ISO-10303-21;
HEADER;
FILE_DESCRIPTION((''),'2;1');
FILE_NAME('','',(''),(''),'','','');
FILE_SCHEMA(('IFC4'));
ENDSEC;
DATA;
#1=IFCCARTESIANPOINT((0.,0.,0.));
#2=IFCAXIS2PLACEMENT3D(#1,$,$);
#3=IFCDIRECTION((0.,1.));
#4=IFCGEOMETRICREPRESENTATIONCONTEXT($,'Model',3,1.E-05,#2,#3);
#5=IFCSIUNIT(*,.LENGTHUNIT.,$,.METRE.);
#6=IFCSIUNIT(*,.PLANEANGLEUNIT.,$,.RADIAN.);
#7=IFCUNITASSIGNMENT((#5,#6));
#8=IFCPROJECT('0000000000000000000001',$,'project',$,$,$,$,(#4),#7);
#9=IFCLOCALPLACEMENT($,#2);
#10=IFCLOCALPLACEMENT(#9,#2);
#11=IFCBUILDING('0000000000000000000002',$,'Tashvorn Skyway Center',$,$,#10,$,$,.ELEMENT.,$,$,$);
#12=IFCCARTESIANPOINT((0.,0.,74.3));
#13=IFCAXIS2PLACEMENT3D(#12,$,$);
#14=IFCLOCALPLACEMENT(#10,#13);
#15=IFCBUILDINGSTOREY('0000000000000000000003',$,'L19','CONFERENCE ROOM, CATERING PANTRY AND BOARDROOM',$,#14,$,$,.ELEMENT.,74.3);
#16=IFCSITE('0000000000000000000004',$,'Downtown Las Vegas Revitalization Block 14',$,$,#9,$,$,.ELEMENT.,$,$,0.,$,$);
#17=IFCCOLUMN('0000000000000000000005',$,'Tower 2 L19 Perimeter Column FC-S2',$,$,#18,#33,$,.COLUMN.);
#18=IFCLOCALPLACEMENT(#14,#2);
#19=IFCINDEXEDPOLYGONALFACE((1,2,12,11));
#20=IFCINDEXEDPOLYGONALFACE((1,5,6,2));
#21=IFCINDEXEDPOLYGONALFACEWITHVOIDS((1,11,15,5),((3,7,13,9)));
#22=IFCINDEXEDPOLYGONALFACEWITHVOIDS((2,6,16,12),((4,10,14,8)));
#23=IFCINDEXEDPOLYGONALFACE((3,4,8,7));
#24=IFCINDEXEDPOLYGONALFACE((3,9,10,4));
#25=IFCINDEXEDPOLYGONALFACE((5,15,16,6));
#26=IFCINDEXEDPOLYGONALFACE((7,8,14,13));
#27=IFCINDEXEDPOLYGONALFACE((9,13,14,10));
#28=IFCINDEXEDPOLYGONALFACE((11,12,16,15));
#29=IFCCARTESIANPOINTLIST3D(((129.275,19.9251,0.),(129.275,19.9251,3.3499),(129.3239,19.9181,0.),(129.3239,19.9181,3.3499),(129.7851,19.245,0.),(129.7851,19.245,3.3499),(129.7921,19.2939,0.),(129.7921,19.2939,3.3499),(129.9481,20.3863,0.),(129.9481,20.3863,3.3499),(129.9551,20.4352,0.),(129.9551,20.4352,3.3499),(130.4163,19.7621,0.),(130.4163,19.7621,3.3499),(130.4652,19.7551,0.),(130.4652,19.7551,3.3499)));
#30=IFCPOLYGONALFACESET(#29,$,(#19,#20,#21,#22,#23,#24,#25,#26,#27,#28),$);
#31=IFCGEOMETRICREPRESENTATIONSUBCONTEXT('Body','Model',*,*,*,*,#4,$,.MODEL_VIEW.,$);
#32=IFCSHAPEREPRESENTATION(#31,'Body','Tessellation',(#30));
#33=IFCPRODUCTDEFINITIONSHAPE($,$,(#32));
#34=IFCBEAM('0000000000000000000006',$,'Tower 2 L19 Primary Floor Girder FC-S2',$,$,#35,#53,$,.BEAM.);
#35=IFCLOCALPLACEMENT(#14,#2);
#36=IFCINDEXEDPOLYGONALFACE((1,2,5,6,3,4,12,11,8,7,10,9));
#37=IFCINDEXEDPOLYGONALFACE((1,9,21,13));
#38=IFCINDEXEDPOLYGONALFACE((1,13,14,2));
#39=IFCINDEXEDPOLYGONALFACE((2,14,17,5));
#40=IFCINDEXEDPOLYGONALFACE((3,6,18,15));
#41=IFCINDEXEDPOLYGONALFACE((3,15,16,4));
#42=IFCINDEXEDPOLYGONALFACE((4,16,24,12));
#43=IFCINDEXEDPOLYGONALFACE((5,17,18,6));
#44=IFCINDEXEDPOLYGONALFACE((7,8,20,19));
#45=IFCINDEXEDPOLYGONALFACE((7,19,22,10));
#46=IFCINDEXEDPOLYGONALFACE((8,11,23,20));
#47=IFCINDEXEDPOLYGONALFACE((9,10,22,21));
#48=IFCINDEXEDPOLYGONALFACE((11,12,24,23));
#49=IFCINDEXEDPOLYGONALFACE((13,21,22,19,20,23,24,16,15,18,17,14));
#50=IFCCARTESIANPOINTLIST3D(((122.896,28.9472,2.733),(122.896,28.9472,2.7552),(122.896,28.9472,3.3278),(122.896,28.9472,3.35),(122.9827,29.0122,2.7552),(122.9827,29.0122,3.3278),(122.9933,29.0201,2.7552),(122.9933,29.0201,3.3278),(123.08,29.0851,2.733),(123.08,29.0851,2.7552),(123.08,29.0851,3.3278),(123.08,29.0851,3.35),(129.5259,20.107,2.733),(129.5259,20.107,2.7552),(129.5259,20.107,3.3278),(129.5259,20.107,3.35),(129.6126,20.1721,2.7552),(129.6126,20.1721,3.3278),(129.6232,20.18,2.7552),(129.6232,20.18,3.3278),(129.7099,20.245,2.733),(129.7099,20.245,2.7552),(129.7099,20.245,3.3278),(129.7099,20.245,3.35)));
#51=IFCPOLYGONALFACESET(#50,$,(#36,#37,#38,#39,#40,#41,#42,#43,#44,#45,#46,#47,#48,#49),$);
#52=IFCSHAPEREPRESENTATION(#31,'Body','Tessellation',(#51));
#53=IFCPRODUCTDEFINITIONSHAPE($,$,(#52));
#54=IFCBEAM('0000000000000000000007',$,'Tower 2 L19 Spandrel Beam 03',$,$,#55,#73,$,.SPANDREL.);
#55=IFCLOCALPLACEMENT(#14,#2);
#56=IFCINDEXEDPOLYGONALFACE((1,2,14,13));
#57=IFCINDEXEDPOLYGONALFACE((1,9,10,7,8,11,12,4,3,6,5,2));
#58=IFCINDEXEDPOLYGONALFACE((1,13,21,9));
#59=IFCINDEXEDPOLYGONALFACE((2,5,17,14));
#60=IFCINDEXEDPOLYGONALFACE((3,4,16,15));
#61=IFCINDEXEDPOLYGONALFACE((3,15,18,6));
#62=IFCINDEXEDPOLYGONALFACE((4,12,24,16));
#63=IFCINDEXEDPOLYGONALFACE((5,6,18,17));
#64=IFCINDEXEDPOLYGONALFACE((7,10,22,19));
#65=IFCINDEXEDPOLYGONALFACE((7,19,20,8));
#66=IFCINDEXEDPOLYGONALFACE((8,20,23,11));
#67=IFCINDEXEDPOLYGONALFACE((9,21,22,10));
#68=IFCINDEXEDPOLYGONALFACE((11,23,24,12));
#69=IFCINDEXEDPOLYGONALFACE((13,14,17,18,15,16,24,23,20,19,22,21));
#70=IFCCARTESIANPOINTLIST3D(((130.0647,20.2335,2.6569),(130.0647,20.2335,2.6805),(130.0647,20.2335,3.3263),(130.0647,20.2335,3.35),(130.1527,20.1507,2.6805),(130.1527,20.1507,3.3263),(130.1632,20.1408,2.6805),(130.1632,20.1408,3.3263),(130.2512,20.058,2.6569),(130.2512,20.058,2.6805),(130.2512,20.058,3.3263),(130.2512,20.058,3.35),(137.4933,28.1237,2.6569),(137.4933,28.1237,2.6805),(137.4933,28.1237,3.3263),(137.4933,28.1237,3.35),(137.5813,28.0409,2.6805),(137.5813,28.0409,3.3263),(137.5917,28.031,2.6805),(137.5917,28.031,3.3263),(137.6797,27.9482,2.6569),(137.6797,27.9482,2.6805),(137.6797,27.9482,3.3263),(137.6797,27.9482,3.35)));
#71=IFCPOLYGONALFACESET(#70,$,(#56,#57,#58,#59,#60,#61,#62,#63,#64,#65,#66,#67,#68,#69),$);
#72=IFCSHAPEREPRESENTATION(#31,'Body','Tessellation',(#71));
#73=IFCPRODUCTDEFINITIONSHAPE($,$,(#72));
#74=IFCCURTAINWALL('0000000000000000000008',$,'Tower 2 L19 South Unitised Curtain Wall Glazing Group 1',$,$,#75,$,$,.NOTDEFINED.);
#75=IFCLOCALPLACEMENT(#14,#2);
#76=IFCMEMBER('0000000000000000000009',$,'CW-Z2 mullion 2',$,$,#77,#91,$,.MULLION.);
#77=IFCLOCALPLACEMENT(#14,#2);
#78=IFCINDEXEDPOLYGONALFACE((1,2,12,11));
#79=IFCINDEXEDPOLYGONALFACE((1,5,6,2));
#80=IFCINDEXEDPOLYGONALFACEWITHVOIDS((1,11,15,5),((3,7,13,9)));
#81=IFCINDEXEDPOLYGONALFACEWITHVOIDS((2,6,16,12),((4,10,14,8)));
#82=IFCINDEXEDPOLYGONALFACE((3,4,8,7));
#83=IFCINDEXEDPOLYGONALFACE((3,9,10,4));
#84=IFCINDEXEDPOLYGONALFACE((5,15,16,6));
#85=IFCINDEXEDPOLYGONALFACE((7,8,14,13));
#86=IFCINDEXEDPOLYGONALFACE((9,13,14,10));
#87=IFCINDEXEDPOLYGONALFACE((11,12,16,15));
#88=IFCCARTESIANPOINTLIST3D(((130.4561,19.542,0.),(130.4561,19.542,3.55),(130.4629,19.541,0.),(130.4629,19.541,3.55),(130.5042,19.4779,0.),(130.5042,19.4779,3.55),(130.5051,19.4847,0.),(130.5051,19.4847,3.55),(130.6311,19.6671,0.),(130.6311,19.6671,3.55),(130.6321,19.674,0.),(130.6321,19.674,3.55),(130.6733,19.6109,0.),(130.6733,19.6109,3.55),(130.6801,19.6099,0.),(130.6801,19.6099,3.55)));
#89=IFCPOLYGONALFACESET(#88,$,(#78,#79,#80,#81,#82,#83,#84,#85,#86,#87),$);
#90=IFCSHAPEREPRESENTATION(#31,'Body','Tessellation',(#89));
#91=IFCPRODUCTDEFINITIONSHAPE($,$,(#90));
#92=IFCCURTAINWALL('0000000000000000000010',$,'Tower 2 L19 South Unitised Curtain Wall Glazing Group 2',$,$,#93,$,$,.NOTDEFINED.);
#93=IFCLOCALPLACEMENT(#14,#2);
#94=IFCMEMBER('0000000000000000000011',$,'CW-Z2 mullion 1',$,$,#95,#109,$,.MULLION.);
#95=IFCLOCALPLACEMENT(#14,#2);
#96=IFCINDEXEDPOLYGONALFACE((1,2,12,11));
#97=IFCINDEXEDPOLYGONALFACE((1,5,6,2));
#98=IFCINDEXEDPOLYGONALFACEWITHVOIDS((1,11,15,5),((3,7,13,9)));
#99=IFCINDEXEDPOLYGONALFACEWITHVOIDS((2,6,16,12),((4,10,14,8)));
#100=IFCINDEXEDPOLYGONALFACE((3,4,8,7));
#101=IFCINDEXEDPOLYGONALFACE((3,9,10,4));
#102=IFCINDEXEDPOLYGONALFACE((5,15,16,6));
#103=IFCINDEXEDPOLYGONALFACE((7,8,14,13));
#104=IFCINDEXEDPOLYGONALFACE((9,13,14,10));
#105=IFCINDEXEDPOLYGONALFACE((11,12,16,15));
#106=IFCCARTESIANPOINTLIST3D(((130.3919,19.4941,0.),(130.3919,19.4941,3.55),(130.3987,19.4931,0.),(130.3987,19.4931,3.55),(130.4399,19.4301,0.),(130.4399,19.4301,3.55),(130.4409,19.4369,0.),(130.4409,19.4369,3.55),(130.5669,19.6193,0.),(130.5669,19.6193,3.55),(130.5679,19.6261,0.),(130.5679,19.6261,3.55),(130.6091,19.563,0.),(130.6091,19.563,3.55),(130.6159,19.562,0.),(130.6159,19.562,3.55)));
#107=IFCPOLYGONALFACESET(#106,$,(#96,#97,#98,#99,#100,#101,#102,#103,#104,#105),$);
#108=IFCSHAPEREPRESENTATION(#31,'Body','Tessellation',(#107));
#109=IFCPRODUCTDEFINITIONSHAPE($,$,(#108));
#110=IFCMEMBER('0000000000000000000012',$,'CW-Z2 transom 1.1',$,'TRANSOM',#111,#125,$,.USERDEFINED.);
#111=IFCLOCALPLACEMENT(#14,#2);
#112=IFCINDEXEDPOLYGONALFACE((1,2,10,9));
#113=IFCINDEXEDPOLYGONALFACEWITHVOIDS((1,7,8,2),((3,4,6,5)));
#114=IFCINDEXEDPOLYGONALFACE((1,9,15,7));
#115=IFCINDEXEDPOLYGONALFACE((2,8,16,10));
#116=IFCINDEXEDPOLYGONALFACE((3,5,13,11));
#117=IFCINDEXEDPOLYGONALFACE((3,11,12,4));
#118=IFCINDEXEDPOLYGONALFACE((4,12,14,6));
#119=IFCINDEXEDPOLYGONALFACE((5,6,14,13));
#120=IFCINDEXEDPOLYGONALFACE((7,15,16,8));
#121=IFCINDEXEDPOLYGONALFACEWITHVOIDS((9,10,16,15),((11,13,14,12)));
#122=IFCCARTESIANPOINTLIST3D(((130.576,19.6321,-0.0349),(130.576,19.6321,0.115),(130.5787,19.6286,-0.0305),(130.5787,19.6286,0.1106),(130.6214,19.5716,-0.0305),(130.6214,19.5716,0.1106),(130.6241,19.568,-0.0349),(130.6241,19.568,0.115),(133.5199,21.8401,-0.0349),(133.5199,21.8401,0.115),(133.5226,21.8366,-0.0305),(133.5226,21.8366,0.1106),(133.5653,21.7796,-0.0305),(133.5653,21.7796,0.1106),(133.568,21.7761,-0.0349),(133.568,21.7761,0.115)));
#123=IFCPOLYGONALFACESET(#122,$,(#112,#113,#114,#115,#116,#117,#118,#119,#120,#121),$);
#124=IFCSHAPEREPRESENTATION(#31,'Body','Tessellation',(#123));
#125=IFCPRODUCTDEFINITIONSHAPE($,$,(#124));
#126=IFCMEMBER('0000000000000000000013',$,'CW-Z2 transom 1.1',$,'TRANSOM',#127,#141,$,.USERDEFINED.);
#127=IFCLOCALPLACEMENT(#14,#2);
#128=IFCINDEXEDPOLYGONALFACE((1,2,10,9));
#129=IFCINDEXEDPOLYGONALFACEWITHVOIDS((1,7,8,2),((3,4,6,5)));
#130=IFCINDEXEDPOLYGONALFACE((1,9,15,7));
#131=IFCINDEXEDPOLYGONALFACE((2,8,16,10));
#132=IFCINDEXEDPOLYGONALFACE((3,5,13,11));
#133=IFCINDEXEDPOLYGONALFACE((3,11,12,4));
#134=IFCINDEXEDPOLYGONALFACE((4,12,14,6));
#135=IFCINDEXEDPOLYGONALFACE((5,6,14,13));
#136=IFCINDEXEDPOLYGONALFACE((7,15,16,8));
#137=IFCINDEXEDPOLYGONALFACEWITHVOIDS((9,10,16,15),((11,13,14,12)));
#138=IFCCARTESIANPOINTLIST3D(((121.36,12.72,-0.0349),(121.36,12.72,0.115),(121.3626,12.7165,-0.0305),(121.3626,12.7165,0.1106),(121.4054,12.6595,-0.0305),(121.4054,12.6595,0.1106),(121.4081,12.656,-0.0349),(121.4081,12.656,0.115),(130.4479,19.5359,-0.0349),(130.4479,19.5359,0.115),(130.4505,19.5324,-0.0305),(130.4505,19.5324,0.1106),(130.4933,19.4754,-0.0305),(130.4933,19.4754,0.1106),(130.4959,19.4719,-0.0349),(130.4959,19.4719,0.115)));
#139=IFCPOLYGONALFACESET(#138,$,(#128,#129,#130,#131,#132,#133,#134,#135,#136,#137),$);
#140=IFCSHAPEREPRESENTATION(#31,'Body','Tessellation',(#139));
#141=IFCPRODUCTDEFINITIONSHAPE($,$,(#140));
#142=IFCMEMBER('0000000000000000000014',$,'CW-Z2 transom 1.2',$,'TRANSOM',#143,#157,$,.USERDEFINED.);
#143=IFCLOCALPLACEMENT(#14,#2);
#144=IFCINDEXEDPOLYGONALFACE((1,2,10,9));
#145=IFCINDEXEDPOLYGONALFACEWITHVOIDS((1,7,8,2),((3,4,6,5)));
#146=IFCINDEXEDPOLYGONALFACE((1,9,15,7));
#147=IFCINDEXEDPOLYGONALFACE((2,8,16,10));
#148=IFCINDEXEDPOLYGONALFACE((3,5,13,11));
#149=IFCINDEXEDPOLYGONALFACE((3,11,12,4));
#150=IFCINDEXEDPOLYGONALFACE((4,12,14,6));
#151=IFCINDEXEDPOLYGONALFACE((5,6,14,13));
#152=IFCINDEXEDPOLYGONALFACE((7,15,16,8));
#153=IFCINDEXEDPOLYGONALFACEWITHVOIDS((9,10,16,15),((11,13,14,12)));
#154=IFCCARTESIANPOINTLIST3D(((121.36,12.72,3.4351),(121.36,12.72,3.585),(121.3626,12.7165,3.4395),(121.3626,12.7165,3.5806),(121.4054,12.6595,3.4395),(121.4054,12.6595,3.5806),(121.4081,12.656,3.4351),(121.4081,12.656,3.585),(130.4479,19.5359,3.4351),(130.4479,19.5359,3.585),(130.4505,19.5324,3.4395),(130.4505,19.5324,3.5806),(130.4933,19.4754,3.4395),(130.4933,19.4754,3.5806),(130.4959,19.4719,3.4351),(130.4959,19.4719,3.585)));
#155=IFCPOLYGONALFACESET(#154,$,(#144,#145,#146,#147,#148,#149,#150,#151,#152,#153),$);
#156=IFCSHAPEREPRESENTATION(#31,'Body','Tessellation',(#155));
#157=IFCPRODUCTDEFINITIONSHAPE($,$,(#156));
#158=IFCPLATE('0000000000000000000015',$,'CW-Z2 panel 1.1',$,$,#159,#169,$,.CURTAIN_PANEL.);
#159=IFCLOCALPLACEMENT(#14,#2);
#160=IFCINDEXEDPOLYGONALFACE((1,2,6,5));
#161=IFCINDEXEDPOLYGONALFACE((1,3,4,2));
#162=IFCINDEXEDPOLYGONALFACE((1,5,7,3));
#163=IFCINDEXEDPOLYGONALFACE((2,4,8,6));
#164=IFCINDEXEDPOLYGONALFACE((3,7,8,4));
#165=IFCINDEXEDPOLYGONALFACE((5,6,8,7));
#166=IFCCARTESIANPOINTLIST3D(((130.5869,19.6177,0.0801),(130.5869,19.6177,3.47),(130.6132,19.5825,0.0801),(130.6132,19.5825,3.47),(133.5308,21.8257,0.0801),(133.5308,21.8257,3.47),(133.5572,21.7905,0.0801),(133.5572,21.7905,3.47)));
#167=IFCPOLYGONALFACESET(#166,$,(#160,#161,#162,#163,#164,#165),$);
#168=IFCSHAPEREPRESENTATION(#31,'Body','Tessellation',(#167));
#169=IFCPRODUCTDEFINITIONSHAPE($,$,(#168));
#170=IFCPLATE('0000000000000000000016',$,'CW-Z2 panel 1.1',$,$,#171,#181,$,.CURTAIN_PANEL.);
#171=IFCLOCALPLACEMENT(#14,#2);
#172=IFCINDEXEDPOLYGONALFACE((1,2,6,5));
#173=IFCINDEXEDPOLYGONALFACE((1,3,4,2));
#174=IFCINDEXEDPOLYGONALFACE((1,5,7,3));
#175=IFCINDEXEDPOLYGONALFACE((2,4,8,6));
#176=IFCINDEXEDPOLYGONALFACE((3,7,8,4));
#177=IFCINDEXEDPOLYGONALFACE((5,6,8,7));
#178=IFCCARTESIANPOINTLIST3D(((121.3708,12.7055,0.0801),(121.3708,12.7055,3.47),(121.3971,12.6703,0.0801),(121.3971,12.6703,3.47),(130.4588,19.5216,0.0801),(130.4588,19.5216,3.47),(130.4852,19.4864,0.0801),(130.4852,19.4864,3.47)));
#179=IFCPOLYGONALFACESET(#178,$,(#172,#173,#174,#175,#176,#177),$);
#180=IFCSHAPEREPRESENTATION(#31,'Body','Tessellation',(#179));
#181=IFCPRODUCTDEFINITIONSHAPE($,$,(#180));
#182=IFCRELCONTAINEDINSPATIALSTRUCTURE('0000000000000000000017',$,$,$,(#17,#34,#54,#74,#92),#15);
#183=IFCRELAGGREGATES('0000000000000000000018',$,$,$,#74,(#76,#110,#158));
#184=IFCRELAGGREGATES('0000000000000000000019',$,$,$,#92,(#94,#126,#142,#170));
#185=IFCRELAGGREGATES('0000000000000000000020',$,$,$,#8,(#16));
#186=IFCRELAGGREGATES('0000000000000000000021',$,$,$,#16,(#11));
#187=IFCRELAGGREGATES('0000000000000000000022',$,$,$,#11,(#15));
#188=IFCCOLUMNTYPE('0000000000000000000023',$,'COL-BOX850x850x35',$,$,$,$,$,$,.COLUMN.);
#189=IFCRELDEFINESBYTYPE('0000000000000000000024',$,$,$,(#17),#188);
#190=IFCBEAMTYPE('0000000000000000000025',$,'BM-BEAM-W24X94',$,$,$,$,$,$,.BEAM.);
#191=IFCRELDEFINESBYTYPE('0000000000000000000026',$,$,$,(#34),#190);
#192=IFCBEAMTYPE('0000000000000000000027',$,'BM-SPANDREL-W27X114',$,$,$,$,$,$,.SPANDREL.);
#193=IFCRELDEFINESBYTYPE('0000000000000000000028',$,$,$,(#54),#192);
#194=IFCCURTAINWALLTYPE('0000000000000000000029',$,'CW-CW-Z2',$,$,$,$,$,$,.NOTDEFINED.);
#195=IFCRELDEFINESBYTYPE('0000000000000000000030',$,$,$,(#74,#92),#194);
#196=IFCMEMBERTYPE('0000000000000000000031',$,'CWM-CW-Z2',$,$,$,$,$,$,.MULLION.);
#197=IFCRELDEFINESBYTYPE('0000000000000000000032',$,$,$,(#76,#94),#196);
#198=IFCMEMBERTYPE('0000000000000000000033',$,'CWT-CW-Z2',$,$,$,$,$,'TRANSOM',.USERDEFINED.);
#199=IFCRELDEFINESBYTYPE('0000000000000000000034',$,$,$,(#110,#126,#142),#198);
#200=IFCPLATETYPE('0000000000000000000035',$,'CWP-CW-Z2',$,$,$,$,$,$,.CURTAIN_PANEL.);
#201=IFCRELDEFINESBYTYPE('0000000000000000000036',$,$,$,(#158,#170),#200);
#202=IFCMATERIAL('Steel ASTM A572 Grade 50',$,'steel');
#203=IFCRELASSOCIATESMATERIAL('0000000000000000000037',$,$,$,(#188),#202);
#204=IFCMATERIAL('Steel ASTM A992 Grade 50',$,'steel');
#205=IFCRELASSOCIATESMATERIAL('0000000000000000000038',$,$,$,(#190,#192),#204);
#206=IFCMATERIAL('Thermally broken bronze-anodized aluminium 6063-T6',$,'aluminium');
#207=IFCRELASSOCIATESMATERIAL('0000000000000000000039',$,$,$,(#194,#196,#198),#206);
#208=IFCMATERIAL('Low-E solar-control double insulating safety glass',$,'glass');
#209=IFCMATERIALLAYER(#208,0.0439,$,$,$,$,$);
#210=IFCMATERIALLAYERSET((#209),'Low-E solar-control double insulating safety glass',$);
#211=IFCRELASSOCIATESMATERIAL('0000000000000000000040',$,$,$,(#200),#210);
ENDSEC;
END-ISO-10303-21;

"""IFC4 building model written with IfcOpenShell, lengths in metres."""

from ifc_helpers import new_model, si_unit, direction, frame, origin, origin_2d, place, context, subcontext, project, spatial, rectangle, hollow_rectangle, i_section, extrude, material, layer, layer_set, material_profile, profile_set, type_object, element, aggregate, save


model = new_model("IFC4")

# Units and contexts
model_context = context("Model", 3, precision=1e-05, world=origin(), true_north=direction((0.0, 1.0)))
body_context = subcontext(model_context, "Body", "Model", "MODEL_VIEW")
ifc_project = project(units=[si_unit("LENGTHUNIT", "METRE"), si_unit("PLANEANGLEUNIT", "RADIAN")], contexts=[model_context])

# Site, building, storey
site_placement = place(None, origin())
site = spatial("IfcSite", under=ifc_project, at=site_placement, Name="Downtown Las Vegas Revitalization Block 14", CompositionType="ELEMENT", RefElevation=0.0)
building_placement = place(site_placement, origin())
building = spatial("IfcBuilding", under=site, at=building_placement, Name="Tashvorn Skyway Center", CompositionType="ELEMENT")
storey_placement = place(building_placement, frame((0.0, 0.0, 74.3)))
storey = spatial("IfcBuildingStorey", under=building, at=storey_placement, Name="L19", Description="CONFERENCE ROOM, CATERING PANTRY AND BOARDROOM", CompositionType="ELEMENT", Elevation=74.3)

# Column
ifc_material_1 = material(Name="Steel ASTM A572 Grade 50", Category="steel")
ifc_material_profile_1 = material_profile(ifc_material_1, hollow_rectangle(XDim=0.8501, YDim=0.8501, WallThickness=0.0349, at=origin_2d()), Name="BOX850x850x35")
ifc_profile_set_1 = profile_set([ifc_material_profile_1], Name="Steel ASTM A572 Grade 50")
column_type = type_object("IfcColumnType", Name="COL-BOX850x850x35", PredefinedType="COLUMN", material=ifc_profile_set_1)
column_placement = place(storey_placement, frame((129.8701, 19.8401, 0.0), z_axis=(0.0, 0.0, 1.0), x_axis=(0.8, 0.6, 0.0)))
element("IfcColumn", 1, at=column_placement, inside=storey, type_object=column_type, Name="Tower 2 L19 Perimeter Column FC-S2", PredefinedType="COLUMN", context=body_context, shape_type="SweptSolid", body=[
    extrude(hollow_rectangle(XDim=0.8501, YDim=0.8501, WallThickness=0.0349, at=origin_2d()), origin(), (0.0, 0.0, 1.0), 3.3499),
])

# Beams
ifc_material_2 = material(Name="Steel ASTM A992 Grade 50", Category="steel")
ifc_material_profile_2 = material_profile(ifc_material_2, i_section(OverallWidth=0.23, OverallDepth=0.6169, WebThickness=0.0132, FlangeThickness=0.0222, at=origin_2d()), Name="W24X94")
ifc_profile_set_2 = profile_set([ifc_material_profile_2], Name="Steel ASTM A992 Grade 50")
beam_type_1 = type_object("IfcBeamType", Name="BM-BEAM-W24X94", PredefinedType="BEAM", material=ifc_profile_set_2)
beam_1_placement = place(storey_placement, frame((129.6179, 20.176, 3.0415), z_axis=(-0.599989, 0.800008, 0.0), x_axis=(-0.800008, -0.599989, 0.0)))
element("IfcBeam", 2, at=beam_1_placement, inside=storey, type_object=beam_type_1, Name="Tower 2 L19 Primary Floor Girder FC-S2", PredefinedType="BEAM", context=body_context, shape_type="SweptSolid", body=[
    extrude(i_section(OverallWidth=0.23, OverallDepth=0.6169, WebThickness=0.0132, FlangeThickness=0.0222, at=origin_2d()), origin(), (0.0, 0.0, 1.0), 11.05),
])
ifc_material_profile_3 = material_profile(ifc_material_2, i_section(OverallWidth=0.2561, OverallDepth=0.6931, WebThickness=0.0144, FlangeThickness=0.0237, at=origin_2d()), Name="W27X114")
ifc_profile_set_3 = profile_set([ifc_material_profile_3], Name="Steel ASTM A992 Grade 50")
beam_type_2 = type_object("IfcBeamType", Name="BM-SPANDREL-W27X114", PredefinedType="SPANDREL", material=ifc_profile_set_3)
beam_2_placement = place(storey_placement, frame((130.158, 20.1458, 3.0034), z_axis=(0.685485, 0.728087, 0.0), x_axis=(-0.728087, 0.685485, 0.0)))
element("IfcBeam", 3, at=beam_2_placement, inside=storey, type_object=beam_type_2, Name="Tower 2 L19 Spandrel Beam 03", PredefinedType="SPANDREL", context=body_context, shape_type="SweptSolid", body=[
    extrude(i_section(OverallWidth=0.2561, OverallDepth=0.6931, WebThickness=0.0144, FlangeThickness=0.0237, at=origin_2d()), origin(), (0.0, 0.0, 1.0), 10.8369),
])

# Curtain walls, members
ifc_material_3 = material(Name="Thermally broken bronze-anodized aluminium 6063-T6", Category="aluminium")
curtain_wall_type = type_object("IfcCurtainWallType", Name="CW-CW-Z2", PredefinedType="NOTDEFINED", material=ifc_material_3)
curtain_wall_1_placement = place(storey_placement, origin())
curtain_wall_1 = element("IfcCurtainWall", 4, at=curtain_wall_1_placement, inside=storey, type_object=curtain_wall_type, Name="Tower 2 L19 South Unitised Curtain Wall Glazing Group 1", PredefinedType="NOTDEFINED")
ifc_material_profile_4 = material_profile(ifc_material_3, hollow_rectangle(XDim=0.0801, YDim=0.22, WallThickness=0.0049, at=origin_2d()), Name="ALU-MULL-80x220")
ifc_profile_set_4 = profile_set([ifc_material_profile_4], Name="Thermally broken bronze-anodized aluminium 6063-T6")
member_type_1 = type_object("IfcMemberType", Name="CWM-CW-Z2", PredefinedType="MULLION", material=ifc_profile_set_4)
member_1_placement = place(storey_placement, frame((130.5681, 19.5759, 0.0), z_axis=(0.0, 0.0, 1.0), x_axis=(0.6, -0.8, 0.0)))
member_1 = element("IfcMember", 5, at=member_1_placement, type_object=member_type_1, Name="CW-Z2 mullion 2", PredefinedType="MULLION", context=body_context, shape_type="SweptSolid", body=[
    extrude(hollow_rectangle(XDim=0.0801, YDim=0.22, WallThickness=0.0049, at=origin_2d()), origin(), (0.0, 0.0, 1.0), 3.55),
])
curtain_wall_2_placement = place(storey_placement, origin())
curtain_wall_2 = element("IfcCurtainWall", 6, at=curtain_wall_2_placement, inside=storey, type_object=curtain_wall_type, Name="Tower 2 L19 South Unitised Curtain Wall Glazing Group 2", PredefinedType="NOTDEFINED")
member_2_placement = place(storey_placement, frame((130.5039, 19.5281, 0.0), z_axis=(0.0, 0.0, 1.0), x_axis=(0.6, -0.8, 0.0)))
member_2 = element("IfcMember", 7, at=member_2_placement, type_object=member_type_1, Name="CW-Z2 mullion 1", PredefinedType="MULLION", context=body_context, shape_type="SweptSolid", body=[
    extrude(hollow_rectangle(XDim=0.0801, YDim=0.22, WallThickness=0.0049, at=origin_2d()), origin(), (0.0, 0.0, 1.0), 3.55),
])

# Members
ifc_material_profile_5 = material_profile(ifc_material_3, hollow_rectangle(XDim=0.0801, YDim=0.1499, WallThickness=0.0044, at=origin_2d()), Name="ALU-TRAN-80x150")
ifc_profile_set_5 = profile_set([ifc_material_profile_5], Name="Thermally broken bronze-anodized aluminium 6063-T6")
member_type_2 = type_object("IfcMemberType", Name="CWT-CW-Z2", ElementType="TRANSOM", PredefinedType="USERDEFINED", material=ifc_profile_set_5)
member_3_placement = place(storey_placement, frame((133.5439, 21.8081, 0.04), z_axis=(-0.799984, -0.600021, 0.0), x_axis=(0.600021, -0.799984, 0.0)))
member_3 = element("IfcMember", 8, at=member_3_placement, type_object=member_type_2, Name="CW-Z2 transom 1.1", ObjectType="TRANSOM", PredefinedType="USERDEFINED", context=body_context, shape_type="SweptSolid", body=[
    extrude(hollow_rectangle(XDim=0.0801, YDim=0.1499, WallThickness=0.0044, at=origin_2d()), origin(), (0.0, 0.0, 1.0), 3.6799),
])
member_4_placement = place(storey_placement, frame((130.4719, 19.5039, 0.04), z_axis=(-0.8, -0.6, 0.0), x_axis=(0.6, -0.8, 0.0)))
member_4 = element("IfcMember", 9, at=member_4_placement, type_object=member_type_2, Name="CW-Z2 transom 1.1", ObjectType="TRANSOM", PredefinedType="USERDEFINED", context=body_context, shape_type="SweptSolid", body=[
    extrude(hollow_rectangle(XDim=0.0801, YDim=0.1499, WallThickness=0.0044, at=origin_2d()), origin(), (0.0, 0.0, 1.0), 11.3599),
])
member_5_placement = place(storey_placement, frame((130.4719, 19.5039, 3.51), z_axis=(-0.8, -0.6, 0.0), x_axis=(0.6, -0.8, 0.0)))
member_5 = element("IfcMember", 10, at=member_5_placement, type_object=member_type_2, Name="CW-Z2 transom 1.2", ObjectType="TRANSOM", PredefinedType="USERDEFINED", context=body_context, shape_type="SweptSolid", body=[
    extrude(hollow_rectangle(XDim=0.0801, YDim=0.1499, WallThickness=0.0044, at=origin_2d()), origin(), (0.0, 0.0, 1.0), 11.3599),
])

# Plates
ifc_material_4 = material(Name="Low-E solar-control double insulating safety glass", Category="glass")
ifc_layer_1 = layer(ifc_material_4, 0.0439)
ifc_layer_set_1 = layer_set([ifc_layer_1], Name="Low-E solar-control double insulating safety glass")
plate_type = type_object("IfcPlateType", Name="CWP-CW-Z2", PredefinedType="CURTAIN_PANEL", material=ifc_layer_set_1)
plate_1_placement = place(storey_placement, frame((132.072, 20.7041, 0.0801), z_axis=(0.0, 0.0, 1.0), x_axis=(-0.8, -0.6, 0.0)))
plate_1 = element("IfcPlate", 11, at=plate_1_placement, type_object=plate_type, Name="CW-Z2 panel 1.1", PredefinedType="CURTAIN_PANEL", context=body_context, shape_type="SweptSolid", body=[
    extrude(rectangle(XDim=3.6799, YDim=0.0439, at=origin_2d()), origin(), (0.0, 0.0, 1.0), 3.3899),
])
aggregate(curtain_wall_1, [member_1, member_3, plate_1])
plate_2_placement = place(storey_placement, frame((125.928, 16.0959, 0.0801), z_axis=(0.0, 0.0, 1.0), x_axis=(-0.8, -0.6, 0.0)))
plate_2 = element("IfcPlate", 12, at=plate_2_placement, type_object=plate_type, Name="CW-Z2 panel 1.1", PredefinedType="CURTAIN_PANEL", context=body_context, shape_type="SweptSolid", body=[
    extrude(rectangle(XDim=11.3601, YDim=0.0439, at=origin_2d()), origin(), (0.0, 0.0, 1.0), 3.3899),
])
aggregate(curtain_wall_2, [member_2, member_4, member_5, plate_2])

save(model, "model.ifc")
